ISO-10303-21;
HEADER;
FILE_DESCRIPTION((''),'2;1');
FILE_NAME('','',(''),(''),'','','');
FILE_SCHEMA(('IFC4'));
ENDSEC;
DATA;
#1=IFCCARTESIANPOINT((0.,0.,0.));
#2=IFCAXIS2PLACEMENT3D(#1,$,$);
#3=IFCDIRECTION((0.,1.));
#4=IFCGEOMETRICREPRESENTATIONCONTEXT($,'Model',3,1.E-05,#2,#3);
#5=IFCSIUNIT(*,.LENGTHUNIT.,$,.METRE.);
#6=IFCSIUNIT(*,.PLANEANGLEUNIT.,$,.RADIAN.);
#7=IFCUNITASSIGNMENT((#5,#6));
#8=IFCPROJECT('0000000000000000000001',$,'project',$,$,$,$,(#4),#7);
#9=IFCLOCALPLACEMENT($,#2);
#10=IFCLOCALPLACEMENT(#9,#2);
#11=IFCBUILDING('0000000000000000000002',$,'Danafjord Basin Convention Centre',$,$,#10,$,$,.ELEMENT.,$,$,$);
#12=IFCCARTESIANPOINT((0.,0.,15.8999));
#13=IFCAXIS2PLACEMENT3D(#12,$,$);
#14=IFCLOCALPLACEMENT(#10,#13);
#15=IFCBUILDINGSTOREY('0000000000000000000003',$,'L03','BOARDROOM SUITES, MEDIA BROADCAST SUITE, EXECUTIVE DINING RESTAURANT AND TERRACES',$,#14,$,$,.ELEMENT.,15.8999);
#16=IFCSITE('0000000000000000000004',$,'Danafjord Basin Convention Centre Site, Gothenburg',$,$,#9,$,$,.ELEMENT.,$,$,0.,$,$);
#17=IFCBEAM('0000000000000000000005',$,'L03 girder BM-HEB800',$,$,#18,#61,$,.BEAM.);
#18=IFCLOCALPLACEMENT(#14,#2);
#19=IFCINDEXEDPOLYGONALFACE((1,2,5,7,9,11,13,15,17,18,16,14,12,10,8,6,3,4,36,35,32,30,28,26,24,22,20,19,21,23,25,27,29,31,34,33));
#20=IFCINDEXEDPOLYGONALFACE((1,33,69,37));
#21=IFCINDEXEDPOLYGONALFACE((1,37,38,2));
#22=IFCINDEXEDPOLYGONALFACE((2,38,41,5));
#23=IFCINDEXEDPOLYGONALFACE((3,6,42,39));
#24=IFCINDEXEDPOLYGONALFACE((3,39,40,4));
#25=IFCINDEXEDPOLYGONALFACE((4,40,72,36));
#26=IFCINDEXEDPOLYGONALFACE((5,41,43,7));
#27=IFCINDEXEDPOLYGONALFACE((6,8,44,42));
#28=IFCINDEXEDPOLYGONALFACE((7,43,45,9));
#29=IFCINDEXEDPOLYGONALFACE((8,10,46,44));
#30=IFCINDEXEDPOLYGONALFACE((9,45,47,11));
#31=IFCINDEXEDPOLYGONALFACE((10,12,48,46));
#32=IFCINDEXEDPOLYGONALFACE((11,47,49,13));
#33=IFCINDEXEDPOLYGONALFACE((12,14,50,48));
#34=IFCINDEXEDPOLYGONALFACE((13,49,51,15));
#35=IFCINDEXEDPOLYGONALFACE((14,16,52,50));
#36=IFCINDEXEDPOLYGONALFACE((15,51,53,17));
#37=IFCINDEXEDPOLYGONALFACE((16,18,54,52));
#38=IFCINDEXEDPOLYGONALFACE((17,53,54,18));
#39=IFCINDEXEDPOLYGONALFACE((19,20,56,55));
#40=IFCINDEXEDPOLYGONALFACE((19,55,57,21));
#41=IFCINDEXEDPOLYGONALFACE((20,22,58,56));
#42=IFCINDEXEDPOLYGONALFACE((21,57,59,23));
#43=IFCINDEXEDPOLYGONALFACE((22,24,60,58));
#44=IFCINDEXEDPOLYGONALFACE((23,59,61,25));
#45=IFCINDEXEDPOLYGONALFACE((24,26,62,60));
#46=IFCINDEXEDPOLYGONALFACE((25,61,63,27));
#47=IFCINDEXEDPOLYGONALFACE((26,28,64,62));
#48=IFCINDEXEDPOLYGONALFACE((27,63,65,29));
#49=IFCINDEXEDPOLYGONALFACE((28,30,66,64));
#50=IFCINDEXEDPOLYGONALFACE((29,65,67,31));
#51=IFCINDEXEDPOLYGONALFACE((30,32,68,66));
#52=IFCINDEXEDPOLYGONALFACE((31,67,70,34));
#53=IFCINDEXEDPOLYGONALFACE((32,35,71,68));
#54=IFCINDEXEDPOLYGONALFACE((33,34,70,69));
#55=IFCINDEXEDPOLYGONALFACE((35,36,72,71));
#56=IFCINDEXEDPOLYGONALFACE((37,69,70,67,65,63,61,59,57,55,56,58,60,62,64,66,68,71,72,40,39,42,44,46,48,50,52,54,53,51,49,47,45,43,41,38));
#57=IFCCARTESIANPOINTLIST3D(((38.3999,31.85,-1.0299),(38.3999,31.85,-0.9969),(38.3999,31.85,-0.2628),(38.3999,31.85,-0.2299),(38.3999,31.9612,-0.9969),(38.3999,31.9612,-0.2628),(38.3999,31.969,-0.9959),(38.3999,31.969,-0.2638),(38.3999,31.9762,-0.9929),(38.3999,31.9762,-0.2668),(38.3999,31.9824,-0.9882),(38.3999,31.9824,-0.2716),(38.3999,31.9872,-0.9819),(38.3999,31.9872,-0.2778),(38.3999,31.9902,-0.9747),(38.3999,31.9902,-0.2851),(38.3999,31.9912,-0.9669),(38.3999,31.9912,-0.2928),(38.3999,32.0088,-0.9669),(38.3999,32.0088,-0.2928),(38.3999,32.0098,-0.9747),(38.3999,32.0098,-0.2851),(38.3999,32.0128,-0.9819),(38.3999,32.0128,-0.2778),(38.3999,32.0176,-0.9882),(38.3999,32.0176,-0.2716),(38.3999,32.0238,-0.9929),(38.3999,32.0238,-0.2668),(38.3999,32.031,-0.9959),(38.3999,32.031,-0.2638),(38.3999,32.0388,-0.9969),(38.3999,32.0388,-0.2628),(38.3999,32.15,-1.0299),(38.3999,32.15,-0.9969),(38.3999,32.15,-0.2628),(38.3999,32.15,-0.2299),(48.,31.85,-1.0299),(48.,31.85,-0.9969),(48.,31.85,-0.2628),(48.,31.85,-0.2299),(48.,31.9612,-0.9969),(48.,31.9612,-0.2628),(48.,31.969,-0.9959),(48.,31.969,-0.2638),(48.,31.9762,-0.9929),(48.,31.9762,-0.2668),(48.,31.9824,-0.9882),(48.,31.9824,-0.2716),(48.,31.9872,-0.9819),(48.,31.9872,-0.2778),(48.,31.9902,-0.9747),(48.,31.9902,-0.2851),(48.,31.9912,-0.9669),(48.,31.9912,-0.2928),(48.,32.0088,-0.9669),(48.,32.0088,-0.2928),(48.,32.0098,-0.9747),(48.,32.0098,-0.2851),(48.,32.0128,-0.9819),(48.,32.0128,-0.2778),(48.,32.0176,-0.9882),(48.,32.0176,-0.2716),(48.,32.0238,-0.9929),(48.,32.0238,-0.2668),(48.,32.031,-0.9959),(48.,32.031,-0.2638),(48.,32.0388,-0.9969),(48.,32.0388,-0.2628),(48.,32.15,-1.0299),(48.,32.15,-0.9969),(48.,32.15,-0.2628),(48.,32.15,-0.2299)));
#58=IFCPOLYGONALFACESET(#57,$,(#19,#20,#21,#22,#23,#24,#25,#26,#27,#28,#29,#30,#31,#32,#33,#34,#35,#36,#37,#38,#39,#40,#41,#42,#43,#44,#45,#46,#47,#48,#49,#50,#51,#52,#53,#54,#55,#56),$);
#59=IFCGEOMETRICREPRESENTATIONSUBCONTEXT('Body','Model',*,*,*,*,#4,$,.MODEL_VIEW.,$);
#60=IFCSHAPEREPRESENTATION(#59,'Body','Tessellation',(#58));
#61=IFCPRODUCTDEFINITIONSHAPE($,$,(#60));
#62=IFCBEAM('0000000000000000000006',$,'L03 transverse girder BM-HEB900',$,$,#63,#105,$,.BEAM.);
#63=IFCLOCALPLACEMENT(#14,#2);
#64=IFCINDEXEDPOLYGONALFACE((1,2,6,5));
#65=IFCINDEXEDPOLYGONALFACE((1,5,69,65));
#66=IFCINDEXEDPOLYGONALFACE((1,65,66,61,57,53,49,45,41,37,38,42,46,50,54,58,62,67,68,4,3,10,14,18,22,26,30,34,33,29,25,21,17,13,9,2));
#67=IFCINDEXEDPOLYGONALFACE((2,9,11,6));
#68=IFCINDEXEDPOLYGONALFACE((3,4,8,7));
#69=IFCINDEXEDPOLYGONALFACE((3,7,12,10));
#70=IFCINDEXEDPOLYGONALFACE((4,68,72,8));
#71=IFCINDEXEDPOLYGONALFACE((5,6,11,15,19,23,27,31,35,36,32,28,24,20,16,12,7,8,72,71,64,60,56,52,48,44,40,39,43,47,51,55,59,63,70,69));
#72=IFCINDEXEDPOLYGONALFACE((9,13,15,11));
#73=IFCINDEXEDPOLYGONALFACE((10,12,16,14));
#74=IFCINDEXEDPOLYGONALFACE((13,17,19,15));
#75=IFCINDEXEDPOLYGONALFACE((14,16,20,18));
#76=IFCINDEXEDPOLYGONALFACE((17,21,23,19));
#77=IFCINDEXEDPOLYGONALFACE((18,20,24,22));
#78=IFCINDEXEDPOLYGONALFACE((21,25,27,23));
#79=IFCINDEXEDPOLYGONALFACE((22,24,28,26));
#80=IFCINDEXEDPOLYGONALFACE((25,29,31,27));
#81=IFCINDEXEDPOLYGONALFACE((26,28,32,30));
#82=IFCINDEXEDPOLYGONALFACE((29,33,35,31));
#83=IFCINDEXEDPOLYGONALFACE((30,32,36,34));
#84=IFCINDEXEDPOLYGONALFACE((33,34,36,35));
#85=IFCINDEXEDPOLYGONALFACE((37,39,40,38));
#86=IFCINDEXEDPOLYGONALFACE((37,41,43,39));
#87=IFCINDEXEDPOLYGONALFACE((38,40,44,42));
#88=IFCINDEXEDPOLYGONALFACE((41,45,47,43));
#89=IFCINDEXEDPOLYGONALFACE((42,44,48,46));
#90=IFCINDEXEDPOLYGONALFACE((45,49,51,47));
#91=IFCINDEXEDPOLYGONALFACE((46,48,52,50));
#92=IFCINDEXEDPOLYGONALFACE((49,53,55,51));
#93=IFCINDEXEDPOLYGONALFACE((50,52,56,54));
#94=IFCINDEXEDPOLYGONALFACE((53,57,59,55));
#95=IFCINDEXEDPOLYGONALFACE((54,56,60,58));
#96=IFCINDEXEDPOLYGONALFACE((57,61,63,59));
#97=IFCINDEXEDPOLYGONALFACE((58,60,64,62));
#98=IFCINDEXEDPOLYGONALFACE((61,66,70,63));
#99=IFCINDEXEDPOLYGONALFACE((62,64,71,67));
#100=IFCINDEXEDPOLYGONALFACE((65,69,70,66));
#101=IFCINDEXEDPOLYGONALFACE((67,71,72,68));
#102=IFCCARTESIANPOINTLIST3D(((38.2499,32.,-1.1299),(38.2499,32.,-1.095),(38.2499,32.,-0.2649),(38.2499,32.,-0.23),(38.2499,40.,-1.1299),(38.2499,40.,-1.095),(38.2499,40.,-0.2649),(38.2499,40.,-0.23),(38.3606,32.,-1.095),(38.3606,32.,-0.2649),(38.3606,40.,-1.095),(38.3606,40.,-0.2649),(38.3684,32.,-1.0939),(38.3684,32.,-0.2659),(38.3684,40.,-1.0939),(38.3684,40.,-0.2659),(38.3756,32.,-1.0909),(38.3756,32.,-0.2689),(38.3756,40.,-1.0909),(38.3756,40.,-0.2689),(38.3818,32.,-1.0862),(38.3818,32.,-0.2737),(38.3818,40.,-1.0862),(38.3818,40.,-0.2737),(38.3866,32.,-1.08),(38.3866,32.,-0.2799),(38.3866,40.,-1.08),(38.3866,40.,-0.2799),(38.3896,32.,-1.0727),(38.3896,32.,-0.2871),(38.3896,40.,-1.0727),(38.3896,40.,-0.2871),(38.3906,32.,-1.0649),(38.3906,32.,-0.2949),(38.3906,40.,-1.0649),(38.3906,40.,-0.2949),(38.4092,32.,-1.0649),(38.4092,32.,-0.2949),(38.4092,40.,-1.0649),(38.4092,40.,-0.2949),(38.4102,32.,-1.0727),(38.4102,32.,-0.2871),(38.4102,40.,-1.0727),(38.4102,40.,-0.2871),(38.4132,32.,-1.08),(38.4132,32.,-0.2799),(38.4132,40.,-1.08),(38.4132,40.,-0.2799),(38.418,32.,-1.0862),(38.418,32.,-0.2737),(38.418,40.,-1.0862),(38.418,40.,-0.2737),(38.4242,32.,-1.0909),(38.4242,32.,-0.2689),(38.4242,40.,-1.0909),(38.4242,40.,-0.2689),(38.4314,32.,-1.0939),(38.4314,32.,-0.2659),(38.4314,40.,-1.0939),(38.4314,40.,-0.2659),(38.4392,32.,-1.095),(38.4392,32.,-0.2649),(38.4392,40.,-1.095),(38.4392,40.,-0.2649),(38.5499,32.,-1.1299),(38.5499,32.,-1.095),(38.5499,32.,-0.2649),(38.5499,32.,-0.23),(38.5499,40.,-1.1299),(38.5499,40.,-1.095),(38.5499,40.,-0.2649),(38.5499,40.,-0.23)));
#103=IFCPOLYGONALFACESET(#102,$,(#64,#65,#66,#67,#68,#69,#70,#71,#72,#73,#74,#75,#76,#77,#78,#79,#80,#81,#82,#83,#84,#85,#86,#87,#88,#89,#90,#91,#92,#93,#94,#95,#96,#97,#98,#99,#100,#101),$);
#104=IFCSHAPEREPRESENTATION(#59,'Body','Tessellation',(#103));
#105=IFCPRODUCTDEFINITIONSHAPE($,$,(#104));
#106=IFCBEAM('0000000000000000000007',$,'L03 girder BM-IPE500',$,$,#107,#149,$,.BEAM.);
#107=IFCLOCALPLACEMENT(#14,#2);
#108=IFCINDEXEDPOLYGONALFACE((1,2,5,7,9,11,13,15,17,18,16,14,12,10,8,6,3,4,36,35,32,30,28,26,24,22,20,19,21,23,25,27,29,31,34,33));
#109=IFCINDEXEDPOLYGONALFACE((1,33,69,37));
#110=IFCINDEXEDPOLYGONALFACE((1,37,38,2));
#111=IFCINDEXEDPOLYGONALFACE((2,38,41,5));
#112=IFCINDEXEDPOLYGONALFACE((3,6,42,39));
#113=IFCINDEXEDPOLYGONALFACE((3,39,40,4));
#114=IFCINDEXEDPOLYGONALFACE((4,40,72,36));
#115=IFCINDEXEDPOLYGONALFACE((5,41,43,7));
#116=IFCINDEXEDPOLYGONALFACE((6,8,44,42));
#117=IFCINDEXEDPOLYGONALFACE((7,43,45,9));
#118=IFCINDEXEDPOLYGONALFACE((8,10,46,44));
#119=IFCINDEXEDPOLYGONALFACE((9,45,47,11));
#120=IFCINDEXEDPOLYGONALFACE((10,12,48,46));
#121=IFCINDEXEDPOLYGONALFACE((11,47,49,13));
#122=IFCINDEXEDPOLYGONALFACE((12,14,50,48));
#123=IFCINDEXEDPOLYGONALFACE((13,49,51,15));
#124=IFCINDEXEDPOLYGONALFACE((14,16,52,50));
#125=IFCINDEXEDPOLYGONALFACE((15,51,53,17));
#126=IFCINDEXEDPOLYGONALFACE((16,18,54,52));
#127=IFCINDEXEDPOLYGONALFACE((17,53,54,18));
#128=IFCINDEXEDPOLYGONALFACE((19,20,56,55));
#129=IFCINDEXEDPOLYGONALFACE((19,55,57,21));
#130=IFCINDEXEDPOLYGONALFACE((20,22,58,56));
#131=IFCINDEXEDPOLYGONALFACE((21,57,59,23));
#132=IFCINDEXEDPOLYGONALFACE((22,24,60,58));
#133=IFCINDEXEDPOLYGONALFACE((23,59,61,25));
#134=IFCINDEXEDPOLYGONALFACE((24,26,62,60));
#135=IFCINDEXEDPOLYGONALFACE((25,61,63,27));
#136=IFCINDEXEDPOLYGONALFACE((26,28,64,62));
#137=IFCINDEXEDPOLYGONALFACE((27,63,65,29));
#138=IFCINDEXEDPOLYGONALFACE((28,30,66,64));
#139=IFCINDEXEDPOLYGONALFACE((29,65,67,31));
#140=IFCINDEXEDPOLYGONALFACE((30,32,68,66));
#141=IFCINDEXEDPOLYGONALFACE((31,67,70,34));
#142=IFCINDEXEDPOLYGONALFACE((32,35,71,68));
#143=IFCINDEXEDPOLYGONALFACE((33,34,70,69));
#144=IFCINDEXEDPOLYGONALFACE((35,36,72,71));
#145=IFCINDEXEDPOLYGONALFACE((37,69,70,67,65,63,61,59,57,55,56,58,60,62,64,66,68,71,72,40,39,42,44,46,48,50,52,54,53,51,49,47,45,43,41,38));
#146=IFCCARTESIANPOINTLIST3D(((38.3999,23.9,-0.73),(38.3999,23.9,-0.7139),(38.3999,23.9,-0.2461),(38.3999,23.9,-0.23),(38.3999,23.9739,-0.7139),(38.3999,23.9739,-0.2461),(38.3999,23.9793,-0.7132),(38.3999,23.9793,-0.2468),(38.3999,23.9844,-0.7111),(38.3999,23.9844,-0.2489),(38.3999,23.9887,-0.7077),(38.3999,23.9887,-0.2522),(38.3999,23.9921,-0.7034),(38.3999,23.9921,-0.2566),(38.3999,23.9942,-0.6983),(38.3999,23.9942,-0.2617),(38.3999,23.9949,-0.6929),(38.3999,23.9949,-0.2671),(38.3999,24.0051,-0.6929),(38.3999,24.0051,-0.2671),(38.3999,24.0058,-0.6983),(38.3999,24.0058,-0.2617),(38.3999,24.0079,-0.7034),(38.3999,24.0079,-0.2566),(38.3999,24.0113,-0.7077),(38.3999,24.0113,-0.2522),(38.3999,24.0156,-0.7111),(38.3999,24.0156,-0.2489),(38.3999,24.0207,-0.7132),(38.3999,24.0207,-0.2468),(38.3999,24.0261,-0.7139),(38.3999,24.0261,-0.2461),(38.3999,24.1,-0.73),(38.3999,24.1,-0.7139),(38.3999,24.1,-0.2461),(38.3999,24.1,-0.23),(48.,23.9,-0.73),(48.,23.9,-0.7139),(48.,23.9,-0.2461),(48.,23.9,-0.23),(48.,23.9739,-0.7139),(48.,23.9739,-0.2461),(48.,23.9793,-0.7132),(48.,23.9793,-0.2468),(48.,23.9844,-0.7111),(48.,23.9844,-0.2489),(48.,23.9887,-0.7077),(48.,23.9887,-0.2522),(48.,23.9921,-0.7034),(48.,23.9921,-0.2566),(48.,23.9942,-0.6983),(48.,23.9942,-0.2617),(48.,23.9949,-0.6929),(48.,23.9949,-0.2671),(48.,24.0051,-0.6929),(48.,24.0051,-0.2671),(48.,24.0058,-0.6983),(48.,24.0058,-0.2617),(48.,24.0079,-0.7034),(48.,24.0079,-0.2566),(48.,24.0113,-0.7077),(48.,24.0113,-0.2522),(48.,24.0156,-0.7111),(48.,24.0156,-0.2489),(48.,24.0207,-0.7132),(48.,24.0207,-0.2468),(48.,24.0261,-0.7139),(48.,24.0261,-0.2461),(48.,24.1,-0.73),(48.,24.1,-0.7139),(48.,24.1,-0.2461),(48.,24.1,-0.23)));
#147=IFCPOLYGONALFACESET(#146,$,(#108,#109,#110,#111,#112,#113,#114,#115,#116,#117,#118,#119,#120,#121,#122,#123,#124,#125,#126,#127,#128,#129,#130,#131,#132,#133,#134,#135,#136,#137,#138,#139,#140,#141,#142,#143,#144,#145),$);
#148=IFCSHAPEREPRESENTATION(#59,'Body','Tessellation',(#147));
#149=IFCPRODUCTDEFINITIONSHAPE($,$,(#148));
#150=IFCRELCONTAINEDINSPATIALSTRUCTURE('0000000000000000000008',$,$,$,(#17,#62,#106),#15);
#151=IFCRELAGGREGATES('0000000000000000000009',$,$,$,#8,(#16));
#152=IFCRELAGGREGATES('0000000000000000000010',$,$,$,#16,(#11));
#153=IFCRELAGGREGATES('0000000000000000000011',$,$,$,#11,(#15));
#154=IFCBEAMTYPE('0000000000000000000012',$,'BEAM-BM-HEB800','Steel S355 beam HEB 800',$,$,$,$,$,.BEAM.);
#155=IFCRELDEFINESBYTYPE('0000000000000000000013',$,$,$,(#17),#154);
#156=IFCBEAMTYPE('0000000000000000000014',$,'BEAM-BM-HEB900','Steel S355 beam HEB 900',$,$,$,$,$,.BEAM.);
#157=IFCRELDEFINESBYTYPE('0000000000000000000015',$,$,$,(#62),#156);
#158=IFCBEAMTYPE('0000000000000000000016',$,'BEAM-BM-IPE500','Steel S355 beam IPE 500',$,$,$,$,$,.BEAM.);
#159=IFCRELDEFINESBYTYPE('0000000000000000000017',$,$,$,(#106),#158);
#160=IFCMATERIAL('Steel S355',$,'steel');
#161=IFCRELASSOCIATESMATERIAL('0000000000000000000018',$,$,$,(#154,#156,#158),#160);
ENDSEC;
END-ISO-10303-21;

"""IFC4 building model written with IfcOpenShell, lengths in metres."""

from ifc_helpers import new_model, si_unit, direction, frame, origin, origin_2d, place, context, subcontext, project, spatial, i_section, extrude, material, material_profile, profile_set, type_object, element, save


model = new_model("IFC4")

# Units and contexts
model_context = context("Model", 3, precision=1e-05, world=origin(), true_north=direction((0.0, 1.0)))
body_context = subcontext(model_context, "Body", "Model", "MODEL_VIEW")
ifc_project = project(units=[si_unit("LENGTHUNIT", "METRE"), si_unit("PLANEANGLEUNIT", "RADIAN")], contexts=[model_context])

# Site, building, storey
site_placement = place(None, origin())
site = spatial("IfcSite", under=ifc_project, at=site_placement, Name="Danafjord Basin Convention Centre Site, Gothenburg", CompositionType="ELEMENT", RefElevation=0.0)
building_placement = place(site_placement, origin())
building = spatial("IfcBuilding", under=site, at=building_placement, Name="Danafjord Basin Convention Centre", CompositionType="ELEMENT")
storey_placement = place(building_placement, frame((0.0, 0.0, 15.8999)))
storey = spatial("IfcBuildingStorey", under=building, at=storey_placement, Name="L03", Description="BOARDROOM SUITES, MEDIA BROADCAST SUITE, EXECUTIVE DINING RESTAURANT AND TERRACES", CompositionType="ELEMENT", Elevation=15.8999)

# Shared definitions
ifc_material_1 = material(Name="Steel S355", Category="steel")

# Beams
ifc_material_profile_1 = material_profile(ifc_material_1, i_section(OverallWidth=0.3, OverallDepth=0.8, WebThickness=0.0176, FlangeThickness=0.033, FilletRadius=0.03, at=origin_2d()), Name="HEB 800")
ifc_profile_set_1 = profile_set([ifc_material_profile_1], Name="Steel S355")
beam_type_1 = type_object("IfcBeamType", Name="BEAM-BM-HEB800", Description="Steel S355 beam HEB 800", PredefinedType="BEAM", material=ifc_profile_set_1)
beam_1_placement = place(storey_placement, frame((38.3999, 32.0, -0.6299), z_axis=(1.0, 0.0, 0.0), x_axis=(0.0, 1.0, 0.0)))
element("IfcBeam", 1, at=beam_1_placement, inside=storey, type_object=beam_type_1, Name="L03 girder BM-HEB800", PredefinedType="BEAM", context=body_context, shape_type="SweptSolid", body=[
    extrude(i_section(OverallWidth=0.3, OverallDepth=0.8, WebThickness=0.0176, FlangeThickness=0.033, FilletRadius=0.03, at=origin_2d()), origin(), (0.0, 0.0, 1.0), 9.6001),
])
ifc_material_profile_2 = material_profile(ifc_material_1, i_section(OverallWidth=0.3, OverallDepth=0.8999, WebThickness=0.0186, FlangeThickness=0.0349, FilletRadius=0.03, at=origin_2d()), Name="HEB 900")
ifc_profile_set_2 = profile_set([ifc_material_profile_2], Name="Steel S355")
beam_type_2 = type_object("IfcBeamType", Name="BEAM-BM-HEB900", Description="Steel S355 beam HEB 900", PredefinedType="BEAM", material=ifc_profile_set_2)
beam_2_placement = place(storey_placement, frame((38.3999, 32.0, -0.6799), z_axis=(0.0, 1.0, 0.0), x_axis=(-1.0, 0.0, 0.0)))
element("IfcBeam", 2, at=beam_2_placement, inside=storey, type_object=beam_type_2, Name="L03 transverse girder BM-HEB900", PredefinedType="BEAM", context=body_context, shape_type="SweptSolid", body=[
    extrude(i_section(OverallWidth=0.3, OverallDepth=0.8999, WebThickness=0.0186, FlangeThickness=0.0349, FilletRadius=0.03, at=origin_2d()), origin(), (0.0, 0.0, 1.0), 8.0),
])
ifc_material_profile_3 = material_profile(ifc_material_1, i_section(OverallWidth=0.2, OverallDepth=0.5, WebThickness=0.0103, FlangeThickness=0.0161, FilletRadius=0.021, at=origin_2d()), Name="IPE 500")
ifc_profile_set_3 = profile_set([ifc_material_profile_3], Name="Steel S355")
beam_type_3 = type_object("IfcBeamType", Name="BEAM-BM-IPE500", Description="Steel S355 beam IPE 500", PredefinedType="BEAM", material=ifc_profile_set_3)
beam_3_placement = place(storey_placement, frame((38.3999, 24.0, -0.48), z_axis=(1.0, 0.0, 0.0), x_axis=(0.0, 1.0, 0.0)))
element("IfcBeam", 3, at=beam_3_placement, inside=storey, type_object=beam_type_3, Name="L03 girder BM-IPE500", PredefinedType="BEAM", context=body_context, shape_type="SweptSolid", body=[
    extrude(i_section(OverallWidth=0.2, OverallDepth=0.5, WebThickness=0.0103, FlangeThickness=0.0161, FilletRadius=0.021, at=origin_2d()), origin(), (0.0, 0.0, 1.0), 9.6001),
])

save(model, "model.ifc")
